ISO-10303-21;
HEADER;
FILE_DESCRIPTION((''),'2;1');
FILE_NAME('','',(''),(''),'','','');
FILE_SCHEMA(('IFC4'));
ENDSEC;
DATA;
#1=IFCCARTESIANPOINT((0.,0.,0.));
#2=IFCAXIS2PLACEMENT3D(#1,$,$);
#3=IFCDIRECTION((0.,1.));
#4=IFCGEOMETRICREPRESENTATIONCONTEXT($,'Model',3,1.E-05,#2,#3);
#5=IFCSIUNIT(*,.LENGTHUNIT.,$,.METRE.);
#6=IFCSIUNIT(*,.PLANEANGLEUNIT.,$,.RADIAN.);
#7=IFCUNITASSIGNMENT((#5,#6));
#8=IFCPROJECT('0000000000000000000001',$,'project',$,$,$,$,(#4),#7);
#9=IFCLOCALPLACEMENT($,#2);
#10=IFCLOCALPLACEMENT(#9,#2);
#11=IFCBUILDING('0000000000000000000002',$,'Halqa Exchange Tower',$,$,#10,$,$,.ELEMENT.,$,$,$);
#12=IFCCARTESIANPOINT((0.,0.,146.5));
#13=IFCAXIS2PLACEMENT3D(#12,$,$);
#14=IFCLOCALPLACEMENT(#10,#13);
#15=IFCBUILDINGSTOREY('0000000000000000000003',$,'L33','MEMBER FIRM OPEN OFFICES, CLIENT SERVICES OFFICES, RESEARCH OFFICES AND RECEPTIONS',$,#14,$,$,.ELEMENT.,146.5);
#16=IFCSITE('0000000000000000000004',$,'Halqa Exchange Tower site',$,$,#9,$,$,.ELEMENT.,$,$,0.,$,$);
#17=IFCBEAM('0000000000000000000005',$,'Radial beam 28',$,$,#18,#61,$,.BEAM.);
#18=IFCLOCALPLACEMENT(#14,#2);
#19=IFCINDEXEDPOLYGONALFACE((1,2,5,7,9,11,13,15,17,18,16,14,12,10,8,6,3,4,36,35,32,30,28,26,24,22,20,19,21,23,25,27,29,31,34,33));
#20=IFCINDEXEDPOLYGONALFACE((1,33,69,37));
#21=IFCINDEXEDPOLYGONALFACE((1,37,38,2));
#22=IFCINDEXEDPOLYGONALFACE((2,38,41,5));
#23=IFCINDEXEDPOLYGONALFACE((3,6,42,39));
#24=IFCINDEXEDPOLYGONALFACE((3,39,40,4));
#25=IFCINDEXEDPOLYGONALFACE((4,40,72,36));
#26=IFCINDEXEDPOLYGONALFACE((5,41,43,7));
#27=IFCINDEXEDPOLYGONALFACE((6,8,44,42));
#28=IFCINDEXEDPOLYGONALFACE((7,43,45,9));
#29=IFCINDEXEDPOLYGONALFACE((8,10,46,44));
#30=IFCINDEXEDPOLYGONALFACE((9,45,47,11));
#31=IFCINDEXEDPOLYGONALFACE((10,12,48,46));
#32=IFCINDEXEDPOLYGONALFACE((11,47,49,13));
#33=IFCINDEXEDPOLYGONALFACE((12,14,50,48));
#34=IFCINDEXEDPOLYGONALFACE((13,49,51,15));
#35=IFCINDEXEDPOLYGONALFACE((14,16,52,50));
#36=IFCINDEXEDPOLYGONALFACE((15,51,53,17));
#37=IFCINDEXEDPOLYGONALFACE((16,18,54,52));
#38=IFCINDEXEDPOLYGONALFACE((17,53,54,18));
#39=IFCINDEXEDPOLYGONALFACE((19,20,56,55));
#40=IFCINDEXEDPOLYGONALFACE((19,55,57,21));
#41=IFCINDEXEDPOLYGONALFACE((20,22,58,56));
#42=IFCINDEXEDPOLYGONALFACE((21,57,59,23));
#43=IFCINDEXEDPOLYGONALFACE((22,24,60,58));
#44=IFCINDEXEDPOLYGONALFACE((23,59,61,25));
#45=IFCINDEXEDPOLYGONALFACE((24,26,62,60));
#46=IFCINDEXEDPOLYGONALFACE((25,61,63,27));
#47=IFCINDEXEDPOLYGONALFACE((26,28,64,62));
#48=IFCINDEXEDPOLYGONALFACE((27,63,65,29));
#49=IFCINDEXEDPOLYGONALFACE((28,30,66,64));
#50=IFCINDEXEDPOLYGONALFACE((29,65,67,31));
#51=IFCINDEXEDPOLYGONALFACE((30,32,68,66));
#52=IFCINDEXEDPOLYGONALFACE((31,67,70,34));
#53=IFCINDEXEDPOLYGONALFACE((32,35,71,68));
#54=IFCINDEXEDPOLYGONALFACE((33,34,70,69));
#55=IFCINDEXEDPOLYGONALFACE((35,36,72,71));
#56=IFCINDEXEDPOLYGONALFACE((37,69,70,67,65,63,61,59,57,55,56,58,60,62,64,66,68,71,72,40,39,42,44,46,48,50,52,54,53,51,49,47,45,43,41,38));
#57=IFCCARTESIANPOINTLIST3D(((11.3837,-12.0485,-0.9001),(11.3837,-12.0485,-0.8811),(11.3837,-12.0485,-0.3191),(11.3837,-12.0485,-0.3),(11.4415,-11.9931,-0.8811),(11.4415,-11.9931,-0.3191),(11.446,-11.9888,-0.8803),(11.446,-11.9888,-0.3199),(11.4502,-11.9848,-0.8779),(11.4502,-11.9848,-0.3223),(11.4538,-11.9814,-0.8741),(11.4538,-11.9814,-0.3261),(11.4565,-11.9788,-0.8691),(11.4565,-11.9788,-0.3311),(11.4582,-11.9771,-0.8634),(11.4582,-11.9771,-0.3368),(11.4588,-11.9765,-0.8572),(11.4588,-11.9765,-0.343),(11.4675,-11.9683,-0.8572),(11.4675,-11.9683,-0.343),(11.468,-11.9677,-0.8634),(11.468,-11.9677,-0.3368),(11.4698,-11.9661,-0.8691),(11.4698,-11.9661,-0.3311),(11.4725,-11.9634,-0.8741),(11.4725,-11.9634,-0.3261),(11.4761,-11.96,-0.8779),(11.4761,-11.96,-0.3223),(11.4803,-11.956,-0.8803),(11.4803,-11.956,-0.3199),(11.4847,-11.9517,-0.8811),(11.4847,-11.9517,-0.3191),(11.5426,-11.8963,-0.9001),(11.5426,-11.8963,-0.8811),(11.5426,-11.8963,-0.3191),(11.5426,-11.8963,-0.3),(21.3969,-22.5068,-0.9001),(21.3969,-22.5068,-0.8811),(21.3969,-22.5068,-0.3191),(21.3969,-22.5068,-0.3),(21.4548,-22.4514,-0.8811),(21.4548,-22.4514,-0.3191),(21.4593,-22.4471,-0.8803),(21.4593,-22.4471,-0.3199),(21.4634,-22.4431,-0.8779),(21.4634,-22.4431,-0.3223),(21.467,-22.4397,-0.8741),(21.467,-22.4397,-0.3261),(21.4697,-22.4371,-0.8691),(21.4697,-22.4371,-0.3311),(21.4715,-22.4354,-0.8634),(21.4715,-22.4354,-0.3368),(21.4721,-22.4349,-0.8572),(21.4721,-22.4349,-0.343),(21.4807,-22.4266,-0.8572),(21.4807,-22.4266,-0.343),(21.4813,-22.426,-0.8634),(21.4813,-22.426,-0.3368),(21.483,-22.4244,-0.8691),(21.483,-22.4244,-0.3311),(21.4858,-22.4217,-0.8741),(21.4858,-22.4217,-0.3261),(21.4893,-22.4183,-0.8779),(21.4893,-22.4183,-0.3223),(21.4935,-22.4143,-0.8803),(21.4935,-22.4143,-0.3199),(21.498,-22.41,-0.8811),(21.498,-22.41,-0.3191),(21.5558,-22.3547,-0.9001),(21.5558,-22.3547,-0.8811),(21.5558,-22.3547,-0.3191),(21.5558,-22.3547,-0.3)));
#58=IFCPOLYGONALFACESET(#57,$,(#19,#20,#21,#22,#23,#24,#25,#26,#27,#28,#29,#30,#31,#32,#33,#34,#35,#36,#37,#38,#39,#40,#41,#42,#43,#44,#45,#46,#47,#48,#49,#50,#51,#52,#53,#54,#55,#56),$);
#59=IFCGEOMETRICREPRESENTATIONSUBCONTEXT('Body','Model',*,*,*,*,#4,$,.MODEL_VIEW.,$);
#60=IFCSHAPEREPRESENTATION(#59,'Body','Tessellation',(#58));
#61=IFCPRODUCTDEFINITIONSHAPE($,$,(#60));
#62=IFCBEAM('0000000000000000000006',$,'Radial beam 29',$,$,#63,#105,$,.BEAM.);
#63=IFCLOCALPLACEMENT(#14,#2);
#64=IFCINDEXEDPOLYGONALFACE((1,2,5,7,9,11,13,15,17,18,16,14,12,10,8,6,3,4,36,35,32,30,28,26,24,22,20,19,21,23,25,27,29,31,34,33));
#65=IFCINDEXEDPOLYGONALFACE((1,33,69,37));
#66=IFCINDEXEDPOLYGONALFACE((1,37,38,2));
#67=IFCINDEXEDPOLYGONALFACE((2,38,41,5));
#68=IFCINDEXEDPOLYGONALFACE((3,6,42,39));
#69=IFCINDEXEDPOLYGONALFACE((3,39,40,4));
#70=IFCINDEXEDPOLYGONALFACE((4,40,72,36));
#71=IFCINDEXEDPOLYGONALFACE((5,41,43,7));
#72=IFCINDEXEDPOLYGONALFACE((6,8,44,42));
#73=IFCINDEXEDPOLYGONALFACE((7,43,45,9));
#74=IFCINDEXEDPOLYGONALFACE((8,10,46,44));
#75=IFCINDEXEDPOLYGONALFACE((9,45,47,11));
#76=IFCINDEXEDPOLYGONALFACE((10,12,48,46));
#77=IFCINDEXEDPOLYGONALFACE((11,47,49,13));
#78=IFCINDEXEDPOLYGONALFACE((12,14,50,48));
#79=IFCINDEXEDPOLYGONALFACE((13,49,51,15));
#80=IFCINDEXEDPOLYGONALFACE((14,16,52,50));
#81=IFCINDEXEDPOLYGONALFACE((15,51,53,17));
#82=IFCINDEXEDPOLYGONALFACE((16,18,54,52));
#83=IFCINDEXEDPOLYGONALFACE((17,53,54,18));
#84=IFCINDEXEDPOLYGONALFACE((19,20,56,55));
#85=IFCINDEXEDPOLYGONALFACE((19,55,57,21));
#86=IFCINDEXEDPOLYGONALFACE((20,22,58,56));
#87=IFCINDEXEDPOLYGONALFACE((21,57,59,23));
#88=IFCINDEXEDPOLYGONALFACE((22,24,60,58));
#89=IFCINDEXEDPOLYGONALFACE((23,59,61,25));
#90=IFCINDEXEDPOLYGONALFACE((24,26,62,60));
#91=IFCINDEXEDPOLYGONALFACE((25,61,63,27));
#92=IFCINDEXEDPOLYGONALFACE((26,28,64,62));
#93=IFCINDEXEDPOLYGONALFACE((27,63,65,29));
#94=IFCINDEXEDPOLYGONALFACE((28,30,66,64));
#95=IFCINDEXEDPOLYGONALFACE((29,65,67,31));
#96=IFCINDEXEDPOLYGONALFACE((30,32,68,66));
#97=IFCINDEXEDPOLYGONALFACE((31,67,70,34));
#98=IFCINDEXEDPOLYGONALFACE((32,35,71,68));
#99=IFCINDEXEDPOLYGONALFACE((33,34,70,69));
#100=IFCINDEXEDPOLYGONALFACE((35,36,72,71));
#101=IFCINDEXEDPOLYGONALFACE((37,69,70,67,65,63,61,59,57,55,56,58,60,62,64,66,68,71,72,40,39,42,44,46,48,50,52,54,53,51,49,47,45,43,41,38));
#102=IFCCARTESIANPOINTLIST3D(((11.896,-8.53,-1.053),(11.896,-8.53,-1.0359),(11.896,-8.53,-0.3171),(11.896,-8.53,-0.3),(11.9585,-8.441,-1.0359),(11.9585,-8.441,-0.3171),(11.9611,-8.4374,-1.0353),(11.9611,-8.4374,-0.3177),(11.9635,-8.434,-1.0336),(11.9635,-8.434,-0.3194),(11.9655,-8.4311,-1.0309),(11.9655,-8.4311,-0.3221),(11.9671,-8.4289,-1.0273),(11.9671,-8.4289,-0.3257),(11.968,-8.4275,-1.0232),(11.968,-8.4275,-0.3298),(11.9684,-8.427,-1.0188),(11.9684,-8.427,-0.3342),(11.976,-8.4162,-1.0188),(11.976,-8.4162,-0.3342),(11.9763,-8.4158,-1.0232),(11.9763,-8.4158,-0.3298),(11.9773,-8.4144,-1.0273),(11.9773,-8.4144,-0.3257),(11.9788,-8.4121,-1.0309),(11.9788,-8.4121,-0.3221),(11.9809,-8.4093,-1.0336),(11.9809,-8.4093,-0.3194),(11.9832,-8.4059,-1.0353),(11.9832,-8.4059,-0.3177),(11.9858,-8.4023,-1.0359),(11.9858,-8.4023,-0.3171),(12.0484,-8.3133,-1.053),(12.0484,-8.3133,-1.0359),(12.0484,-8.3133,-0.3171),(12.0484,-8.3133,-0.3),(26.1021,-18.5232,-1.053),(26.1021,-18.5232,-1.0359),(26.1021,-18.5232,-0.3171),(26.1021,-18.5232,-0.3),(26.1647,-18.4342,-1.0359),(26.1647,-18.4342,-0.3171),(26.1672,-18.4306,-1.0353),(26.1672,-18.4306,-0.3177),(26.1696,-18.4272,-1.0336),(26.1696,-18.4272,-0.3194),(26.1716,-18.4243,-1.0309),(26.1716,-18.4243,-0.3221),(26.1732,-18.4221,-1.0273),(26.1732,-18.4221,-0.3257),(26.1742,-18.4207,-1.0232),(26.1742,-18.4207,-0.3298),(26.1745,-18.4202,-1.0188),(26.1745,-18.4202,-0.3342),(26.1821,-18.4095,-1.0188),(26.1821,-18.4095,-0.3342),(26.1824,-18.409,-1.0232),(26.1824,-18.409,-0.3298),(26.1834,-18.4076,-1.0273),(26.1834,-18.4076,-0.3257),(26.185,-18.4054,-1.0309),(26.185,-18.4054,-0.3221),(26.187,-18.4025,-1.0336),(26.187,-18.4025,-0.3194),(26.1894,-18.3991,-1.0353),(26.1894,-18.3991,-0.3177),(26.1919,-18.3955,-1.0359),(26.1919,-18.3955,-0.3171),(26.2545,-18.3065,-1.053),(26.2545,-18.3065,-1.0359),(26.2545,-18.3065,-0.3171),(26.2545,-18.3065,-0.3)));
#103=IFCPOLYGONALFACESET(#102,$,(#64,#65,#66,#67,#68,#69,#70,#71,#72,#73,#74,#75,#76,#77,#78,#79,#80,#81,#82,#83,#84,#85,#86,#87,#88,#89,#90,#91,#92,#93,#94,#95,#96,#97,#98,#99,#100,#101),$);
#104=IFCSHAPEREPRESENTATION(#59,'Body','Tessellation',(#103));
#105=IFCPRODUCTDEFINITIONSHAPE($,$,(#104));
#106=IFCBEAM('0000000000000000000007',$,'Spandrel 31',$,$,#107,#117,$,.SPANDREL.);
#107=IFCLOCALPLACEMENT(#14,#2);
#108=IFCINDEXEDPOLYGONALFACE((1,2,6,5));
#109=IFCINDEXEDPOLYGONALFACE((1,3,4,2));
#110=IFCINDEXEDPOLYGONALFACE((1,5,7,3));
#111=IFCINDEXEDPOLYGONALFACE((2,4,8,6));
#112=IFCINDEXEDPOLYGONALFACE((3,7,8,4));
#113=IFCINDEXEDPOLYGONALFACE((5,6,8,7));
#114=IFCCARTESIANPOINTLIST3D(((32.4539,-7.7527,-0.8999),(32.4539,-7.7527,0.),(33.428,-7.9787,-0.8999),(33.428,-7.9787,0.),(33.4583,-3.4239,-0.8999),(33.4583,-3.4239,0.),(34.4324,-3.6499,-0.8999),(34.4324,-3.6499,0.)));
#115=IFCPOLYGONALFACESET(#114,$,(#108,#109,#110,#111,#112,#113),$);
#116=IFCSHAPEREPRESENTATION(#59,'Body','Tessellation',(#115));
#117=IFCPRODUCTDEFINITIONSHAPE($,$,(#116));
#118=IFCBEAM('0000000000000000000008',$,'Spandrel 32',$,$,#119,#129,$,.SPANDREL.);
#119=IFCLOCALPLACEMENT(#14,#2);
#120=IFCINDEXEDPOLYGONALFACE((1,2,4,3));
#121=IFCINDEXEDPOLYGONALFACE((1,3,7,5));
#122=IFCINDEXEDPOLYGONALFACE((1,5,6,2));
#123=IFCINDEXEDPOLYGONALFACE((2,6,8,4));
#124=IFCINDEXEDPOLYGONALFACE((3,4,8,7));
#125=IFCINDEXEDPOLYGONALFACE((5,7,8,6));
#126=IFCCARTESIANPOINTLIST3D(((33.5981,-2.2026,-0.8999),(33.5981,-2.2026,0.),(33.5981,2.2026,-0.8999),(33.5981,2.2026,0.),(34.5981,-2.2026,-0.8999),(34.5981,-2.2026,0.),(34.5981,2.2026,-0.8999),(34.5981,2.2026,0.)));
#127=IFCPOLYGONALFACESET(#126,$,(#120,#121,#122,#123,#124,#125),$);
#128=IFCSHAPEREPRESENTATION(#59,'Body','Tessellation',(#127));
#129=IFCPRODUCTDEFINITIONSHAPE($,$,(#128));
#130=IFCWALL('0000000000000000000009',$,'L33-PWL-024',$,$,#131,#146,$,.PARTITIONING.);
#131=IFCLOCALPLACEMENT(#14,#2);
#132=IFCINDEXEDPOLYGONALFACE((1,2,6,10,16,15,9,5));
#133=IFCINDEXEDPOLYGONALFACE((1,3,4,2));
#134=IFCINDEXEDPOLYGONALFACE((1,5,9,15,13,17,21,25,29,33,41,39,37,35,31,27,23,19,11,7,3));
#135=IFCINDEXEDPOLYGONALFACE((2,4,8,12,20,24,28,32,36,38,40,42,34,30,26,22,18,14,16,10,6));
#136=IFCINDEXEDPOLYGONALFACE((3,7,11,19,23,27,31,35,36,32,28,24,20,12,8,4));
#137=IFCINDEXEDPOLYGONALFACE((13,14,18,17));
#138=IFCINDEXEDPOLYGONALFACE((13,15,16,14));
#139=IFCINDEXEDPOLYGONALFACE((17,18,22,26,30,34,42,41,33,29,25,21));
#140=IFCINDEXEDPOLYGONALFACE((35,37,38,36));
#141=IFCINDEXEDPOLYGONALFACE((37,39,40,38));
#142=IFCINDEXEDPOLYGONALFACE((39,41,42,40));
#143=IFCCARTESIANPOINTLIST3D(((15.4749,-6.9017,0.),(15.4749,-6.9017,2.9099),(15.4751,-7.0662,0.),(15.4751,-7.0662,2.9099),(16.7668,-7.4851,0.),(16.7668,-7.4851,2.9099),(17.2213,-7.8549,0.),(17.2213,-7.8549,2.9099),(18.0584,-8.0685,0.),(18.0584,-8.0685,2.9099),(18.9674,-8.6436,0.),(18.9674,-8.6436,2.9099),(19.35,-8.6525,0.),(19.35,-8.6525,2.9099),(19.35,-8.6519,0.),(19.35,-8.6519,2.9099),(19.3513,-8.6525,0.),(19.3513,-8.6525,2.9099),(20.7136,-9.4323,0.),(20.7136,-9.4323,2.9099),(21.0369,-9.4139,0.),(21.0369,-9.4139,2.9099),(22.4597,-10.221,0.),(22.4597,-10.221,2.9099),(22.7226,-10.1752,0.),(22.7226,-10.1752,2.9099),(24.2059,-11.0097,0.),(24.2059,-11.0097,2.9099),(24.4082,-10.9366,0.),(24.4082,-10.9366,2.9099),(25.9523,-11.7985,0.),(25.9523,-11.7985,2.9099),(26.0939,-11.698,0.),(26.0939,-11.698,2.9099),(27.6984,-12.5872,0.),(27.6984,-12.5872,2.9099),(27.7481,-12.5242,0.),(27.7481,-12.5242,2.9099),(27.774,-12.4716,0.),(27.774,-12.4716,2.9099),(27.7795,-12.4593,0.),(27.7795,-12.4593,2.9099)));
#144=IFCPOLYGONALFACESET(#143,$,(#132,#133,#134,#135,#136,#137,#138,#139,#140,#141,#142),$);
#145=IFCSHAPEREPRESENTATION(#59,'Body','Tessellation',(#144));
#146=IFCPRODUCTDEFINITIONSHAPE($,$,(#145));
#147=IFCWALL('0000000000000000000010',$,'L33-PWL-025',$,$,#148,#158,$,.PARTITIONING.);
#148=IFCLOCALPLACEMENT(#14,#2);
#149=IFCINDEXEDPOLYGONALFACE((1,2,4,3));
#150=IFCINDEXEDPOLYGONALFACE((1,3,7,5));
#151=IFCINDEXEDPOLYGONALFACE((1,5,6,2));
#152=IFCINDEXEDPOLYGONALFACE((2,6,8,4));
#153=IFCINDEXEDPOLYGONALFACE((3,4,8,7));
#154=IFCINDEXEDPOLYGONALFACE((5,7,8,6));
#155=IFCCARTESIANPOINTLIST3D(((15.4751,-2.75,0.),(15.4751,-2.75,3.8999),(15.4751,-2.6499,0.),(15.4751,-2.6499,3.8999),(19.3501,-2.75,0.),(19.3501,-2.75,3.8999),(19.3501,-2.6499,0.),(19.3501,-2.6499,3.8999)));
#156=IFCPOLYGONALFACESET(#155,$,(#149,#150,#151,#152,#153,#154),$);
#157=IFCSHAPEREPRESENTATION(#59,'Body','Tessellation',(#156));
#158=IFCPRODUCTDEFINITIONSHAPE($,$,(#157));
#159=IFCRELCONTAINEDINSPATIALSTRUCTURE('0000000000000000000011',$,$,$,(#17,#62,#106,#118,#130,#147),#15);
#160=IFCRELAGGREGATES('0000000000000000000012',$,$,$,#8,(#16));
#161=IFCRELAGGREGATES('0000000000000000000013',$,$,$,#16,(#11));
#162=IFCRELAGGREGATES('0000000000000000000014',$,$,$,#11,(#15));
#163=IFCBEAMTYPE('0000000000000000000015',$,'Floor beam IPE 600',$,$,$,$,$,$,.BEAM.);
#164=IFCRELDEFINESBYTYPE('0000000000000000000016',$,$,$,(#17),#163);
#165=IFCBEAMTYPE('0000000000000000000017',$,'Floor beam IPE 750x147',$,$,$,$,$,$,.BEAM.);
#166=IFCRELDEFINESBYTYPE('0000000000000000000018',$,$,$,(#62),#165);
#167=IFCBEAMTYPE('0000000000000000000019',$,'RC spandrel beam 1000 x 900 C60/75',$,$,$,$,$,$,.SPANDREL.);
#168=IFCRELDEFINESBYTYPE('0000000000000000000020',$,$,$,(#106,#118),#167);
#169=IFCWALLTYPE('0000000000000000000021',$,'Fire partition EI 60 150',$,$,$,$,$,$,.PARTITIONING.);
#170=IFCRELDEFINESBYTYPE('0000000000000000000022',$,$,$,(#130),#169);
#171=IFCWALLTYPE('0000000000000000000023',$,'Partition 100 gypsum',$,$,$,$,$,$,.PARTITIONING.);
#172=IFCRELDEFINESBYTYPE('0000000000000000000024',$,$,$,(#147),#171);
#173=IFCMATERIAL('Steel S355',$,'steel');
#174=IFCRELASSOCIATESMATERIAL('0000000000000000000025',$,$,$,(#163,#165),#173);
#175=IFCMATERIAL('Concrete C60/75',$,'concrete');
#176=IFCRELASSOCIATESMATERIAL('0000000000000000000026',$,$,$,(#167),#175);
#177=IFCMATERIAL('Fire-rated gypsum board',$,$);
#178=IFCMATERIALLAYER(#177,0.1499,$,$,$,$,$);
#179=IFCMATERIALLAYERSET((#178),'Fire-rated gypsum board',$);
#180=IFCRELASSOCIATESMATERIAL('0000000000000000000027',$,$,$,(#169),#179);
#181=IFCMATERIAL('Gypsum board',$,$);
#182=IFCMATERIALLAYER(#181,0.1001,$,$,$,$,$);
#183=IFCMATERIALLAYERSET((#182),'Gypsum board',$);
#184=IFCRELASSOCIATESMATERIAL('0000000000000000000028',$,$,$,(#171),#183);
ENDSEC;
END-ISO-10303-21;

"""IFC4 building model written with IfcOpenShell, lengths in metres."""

from ifc_helpers import new_model, si_unit, direction, frame, frame_2d, origin, origin_2d, place, context, subcontext, project, spatial, polyline, rectangle, i_section, outline, extrude, material, layer, layer_set, material_profile, profile_set, type_object, element, save


model = new_model("IFC4")

# Units and contexts
model_context = context("Model", 3, precision=1e-05, world=origin(), true_north=direction((0.0, 1.0)))
body_context = subcontext(model_context, "Body", "Model", "MODEL_VIEW")
ifc_project = project(units=[si_unit("LENGTHUNIT", "METRE"), si_unit("PLANEANGLEUNIT", "RADIAN")], contexts=[model_context])

# Site, building, storey
site_placement = place(None, origin())
site = spatial("IfcSite", under=ifc_project, at=site_placement, Name="Halqa Exchange Tower site", CompositionType="ELEMENT", RefElevation=0.0)
building_placement = place(site_placement, origin())
building = spatial("IfcBuilding", under=site, at=building_placement, Name="Halqa Exchange Tower", CompositionType="ELEMENT")
storey_placement = place(building_placement, frame((0.0, 0.0, 146.5)))
storey = spatial("IfcBuildingStorey", under=building, at=storey_placement, Name="L33", Description="MEMBER FIRM OPEN OFFICES, CLIENT SERVICES OFFICES, RESEARCH OFFICES AND RECEPTIONS", CompositionType="ELEMENT", Elevation=146.5)

# Beams
ifc_material_1 = material(Name="Steel S355", Category="steel")
ifc_material_profile_1 = material_profile(ifc_material_1, i_section(OverallWidth=0.22, OverallDepth=0.6001, WebThickness=0.012, FlangeThickness=0.019, FilletRadius=0.0239, at=origin_2d()), Name="IPE 600")
ifc_profile_set_1 = profile_set([ifc_material_profile_1], Name="Steel S355")
beam_type_1 = type_object("IfcBeamType", Name="Floor beam IPE 600", PredefinedType="BEAM", material=ifc_profile_set_1)
beam_1_placement = place(storey_placement, frame((11.4631, -11.9724, -0.6001), z_axis=(0.69157, -0.722309, 0.0), x_axis=(0.722309, 0.69157, 0.0)))
element("IfcBeam", 1, at=beam_1_placement, inside=storey, type_object=beam_type_1, Name="Radial beam 28", PredefinedType="BEAM", context=body_context, shape_type="SweptSolid", body=[
    extrude(i_section(OverallWidth=0.22, OverallDepth=0.6001, WebThickness=0.012, FlangeThickness=0.019, FilletRadius=0.0239, at=origin_2d()), origin(), (0.0, 0.0, 1.0), 14.479),
])
ifc_material_profile_2 = material_profile(ifc_material_1, i_section(OverallWidth=0.2649, OverallDepth=0.7529, WebThickness=0.0132, FlangeThickness=0.0171, FilletRadius=0.0171, at=origin_2d()), Name="IPE 750x147")
ifc_profile_set_2 = profile_set([ifc_material_profile_2], Name="Steel S355")
beam_type_2 = type_object("IfcBeamType", Name="Floor beam IPE 750x147", PredefinedType="BEAM", material=ifc_profile_set_2)
beam_2_placement = place(storey_placement, frame((11.9722, -8.4216, -0.6765), z_axis=(0.817906, -0.575351, 0.0), x_axis=(0.575351, 0.817906, 0.0)))
element("IfcBeam", 2, at=beam_2_placement, inside=storey, type_object=beam_type_2, Name="Radial beam 29", PredefinedType="BEAM", context=body_context, shape_type="SweptSolid", body=[
    extrude(i_section(OverallWidth=0.2649, OverallDepth=0.7529, WebThickness=0.0132, FlangeThickness=0.0171, FilletRadius=0.0171, at=origin_2d()), origin(), (0.0, 0.0, 1.0), 17.3689),
])
ifc_material_2 = material(Name="Concrete C60/75", Category="concrete")
ifc_material_profile_3 = material_profile(ifc_material_2, rectangle(XDim=1.0, YDim=0.8999, at=origin_2d()), Name="1000 x 900")
ifc_profile_set_3 = profile_set([ifc_material_profile_3], Name="Concrete C60/75")
beam_type_3 = type_object("IfcBeamType", Name="RC spandrel beam 1000 x 900 C60/75", PredefinedType="SPANDREL", material=ifc_profile_set_3)
beam_3_placement = place(storey_placement, frame((32.9409, -7.8657, -0.45), z_axis=(0.226019, 0.974123, 0.0), x_axis=(-0.974123, 0.226019, 0.0)))
element("IfcBeam", 3, at=beam_3_placement, inside=storey, type_object=beam_type_3, Name="Spandrel 31", PredefinedType="SPANDREL", context=body_context, shape_type="SweptSolid", body=[
    extrude(rectangle(XDim=1.0, YDim=0.8999, at=origin_2d()), origin(), (0.0, 0.0, 1.0), 4.4438),
])
beam_4_placement = place(storey_placement, frame((34.0981, -2.2026, -0.45), z_axis=(0.0, 1.0, 0.0), x_axis=(-1.0, 0.0, 0.0)))
element("IfcBeam", 4, at=beam_4_placement, inside=storey, type_object=beam_type_3, Name="Spandrel 32", PredefinedType="SPANDREL", context=body_context, shape_type="SweptSolid", body=[
    extrude(rectangle(XDim=1.0, YDim=0.8999, at=origin_2d()), origin(), (0.0, 0.0, 1.0), 4.4053),
])

# Walls
ifc_material_3 = material(Name="Fire-rated gypsum board")
ifc_layer_1 = layer(ifc_material_3, 0.1499)
ifc_layer_set_1 = layer_set([ifc_layer_1], Name="Fire-rated gypsum board")
wall_type_1 = type_object("IfcWallType", Name="Fire partition EI 60 150", PredefinedType="PARTITIONING", material=ifc_layer_set_1)
wall_1_placement = place(storey_placement, frame((15.4441, -6.97, 0.0), z_axis=(0.0, 0.0, 1.0), x_axis=(0.911349, -0.411634, 0.0)))
element("IfcWall", 5, at=wall_1_placement, inside=storey, type_object=wall_type_1, Name="L33-PWL-024", PredefinedType="PARTITIONING", context=body_context, shape_type="SweptSolid", body=[
    extrude(outline(polyline([(0.0679, -0.075), (1.9839, -0.075), (3.8999, -0.075), (5.8159, -0.075), (7.7319, -0.075), (9.6479, -0.075), (11.5642, -0.075), (13.4802, -0.075), (13.4995, 0.0029), (13.5015, 0.0615), (13.5015, 0.075), (11.6519, 0.075), (9.8022, 0.075), (7.9526, 0.075), (6.103, 0.075), (4.2534, 0.075), (4.2522, 0.0745), (4.252, 0.075), (2.8347, 0.075), (1.4175, 0.075), (0.0, 0.075), (0.0679, -0.075)])), origin(), (0.0, 0.0, 1.0), 2.9099),
])
ifc_material_4 = material(Name="Gypsum board")
ifc_layer_2 = layer(ifc_material_4, 0.1001)
ifc_layer_set_2 = layer_set([ifc_layer_2], Name="Gypsum board")
wall_type_2 = type_object("IfcWallType", Name="Partition 100 gypsum", PredefinedType="PARTITIONING", material=ifc_layer_set_2)
wall_2_placement = place(storey_placement, frame((15.4751, -2.7, 0.0), z_axis=(0.0, 0.0, 1.0), x_axis=(1.0, 0.0, 0.0)))
element("IfcWall", 6, at=wall_2_placement, inside=storey, type_object=wall_type_2, Name="L33-PWL-025", PredefinedType="PARTITIONING", context=body_context, shape_type="SweptSolid", body=[
    extrude(rectangle(XDim=3.875, YDim=0.1001, at=frame_2d((1.9375, 0.0))), origin(), (0.0, 0.0, 1.0), 3.8999),
])

save(model, "model.ifc")
